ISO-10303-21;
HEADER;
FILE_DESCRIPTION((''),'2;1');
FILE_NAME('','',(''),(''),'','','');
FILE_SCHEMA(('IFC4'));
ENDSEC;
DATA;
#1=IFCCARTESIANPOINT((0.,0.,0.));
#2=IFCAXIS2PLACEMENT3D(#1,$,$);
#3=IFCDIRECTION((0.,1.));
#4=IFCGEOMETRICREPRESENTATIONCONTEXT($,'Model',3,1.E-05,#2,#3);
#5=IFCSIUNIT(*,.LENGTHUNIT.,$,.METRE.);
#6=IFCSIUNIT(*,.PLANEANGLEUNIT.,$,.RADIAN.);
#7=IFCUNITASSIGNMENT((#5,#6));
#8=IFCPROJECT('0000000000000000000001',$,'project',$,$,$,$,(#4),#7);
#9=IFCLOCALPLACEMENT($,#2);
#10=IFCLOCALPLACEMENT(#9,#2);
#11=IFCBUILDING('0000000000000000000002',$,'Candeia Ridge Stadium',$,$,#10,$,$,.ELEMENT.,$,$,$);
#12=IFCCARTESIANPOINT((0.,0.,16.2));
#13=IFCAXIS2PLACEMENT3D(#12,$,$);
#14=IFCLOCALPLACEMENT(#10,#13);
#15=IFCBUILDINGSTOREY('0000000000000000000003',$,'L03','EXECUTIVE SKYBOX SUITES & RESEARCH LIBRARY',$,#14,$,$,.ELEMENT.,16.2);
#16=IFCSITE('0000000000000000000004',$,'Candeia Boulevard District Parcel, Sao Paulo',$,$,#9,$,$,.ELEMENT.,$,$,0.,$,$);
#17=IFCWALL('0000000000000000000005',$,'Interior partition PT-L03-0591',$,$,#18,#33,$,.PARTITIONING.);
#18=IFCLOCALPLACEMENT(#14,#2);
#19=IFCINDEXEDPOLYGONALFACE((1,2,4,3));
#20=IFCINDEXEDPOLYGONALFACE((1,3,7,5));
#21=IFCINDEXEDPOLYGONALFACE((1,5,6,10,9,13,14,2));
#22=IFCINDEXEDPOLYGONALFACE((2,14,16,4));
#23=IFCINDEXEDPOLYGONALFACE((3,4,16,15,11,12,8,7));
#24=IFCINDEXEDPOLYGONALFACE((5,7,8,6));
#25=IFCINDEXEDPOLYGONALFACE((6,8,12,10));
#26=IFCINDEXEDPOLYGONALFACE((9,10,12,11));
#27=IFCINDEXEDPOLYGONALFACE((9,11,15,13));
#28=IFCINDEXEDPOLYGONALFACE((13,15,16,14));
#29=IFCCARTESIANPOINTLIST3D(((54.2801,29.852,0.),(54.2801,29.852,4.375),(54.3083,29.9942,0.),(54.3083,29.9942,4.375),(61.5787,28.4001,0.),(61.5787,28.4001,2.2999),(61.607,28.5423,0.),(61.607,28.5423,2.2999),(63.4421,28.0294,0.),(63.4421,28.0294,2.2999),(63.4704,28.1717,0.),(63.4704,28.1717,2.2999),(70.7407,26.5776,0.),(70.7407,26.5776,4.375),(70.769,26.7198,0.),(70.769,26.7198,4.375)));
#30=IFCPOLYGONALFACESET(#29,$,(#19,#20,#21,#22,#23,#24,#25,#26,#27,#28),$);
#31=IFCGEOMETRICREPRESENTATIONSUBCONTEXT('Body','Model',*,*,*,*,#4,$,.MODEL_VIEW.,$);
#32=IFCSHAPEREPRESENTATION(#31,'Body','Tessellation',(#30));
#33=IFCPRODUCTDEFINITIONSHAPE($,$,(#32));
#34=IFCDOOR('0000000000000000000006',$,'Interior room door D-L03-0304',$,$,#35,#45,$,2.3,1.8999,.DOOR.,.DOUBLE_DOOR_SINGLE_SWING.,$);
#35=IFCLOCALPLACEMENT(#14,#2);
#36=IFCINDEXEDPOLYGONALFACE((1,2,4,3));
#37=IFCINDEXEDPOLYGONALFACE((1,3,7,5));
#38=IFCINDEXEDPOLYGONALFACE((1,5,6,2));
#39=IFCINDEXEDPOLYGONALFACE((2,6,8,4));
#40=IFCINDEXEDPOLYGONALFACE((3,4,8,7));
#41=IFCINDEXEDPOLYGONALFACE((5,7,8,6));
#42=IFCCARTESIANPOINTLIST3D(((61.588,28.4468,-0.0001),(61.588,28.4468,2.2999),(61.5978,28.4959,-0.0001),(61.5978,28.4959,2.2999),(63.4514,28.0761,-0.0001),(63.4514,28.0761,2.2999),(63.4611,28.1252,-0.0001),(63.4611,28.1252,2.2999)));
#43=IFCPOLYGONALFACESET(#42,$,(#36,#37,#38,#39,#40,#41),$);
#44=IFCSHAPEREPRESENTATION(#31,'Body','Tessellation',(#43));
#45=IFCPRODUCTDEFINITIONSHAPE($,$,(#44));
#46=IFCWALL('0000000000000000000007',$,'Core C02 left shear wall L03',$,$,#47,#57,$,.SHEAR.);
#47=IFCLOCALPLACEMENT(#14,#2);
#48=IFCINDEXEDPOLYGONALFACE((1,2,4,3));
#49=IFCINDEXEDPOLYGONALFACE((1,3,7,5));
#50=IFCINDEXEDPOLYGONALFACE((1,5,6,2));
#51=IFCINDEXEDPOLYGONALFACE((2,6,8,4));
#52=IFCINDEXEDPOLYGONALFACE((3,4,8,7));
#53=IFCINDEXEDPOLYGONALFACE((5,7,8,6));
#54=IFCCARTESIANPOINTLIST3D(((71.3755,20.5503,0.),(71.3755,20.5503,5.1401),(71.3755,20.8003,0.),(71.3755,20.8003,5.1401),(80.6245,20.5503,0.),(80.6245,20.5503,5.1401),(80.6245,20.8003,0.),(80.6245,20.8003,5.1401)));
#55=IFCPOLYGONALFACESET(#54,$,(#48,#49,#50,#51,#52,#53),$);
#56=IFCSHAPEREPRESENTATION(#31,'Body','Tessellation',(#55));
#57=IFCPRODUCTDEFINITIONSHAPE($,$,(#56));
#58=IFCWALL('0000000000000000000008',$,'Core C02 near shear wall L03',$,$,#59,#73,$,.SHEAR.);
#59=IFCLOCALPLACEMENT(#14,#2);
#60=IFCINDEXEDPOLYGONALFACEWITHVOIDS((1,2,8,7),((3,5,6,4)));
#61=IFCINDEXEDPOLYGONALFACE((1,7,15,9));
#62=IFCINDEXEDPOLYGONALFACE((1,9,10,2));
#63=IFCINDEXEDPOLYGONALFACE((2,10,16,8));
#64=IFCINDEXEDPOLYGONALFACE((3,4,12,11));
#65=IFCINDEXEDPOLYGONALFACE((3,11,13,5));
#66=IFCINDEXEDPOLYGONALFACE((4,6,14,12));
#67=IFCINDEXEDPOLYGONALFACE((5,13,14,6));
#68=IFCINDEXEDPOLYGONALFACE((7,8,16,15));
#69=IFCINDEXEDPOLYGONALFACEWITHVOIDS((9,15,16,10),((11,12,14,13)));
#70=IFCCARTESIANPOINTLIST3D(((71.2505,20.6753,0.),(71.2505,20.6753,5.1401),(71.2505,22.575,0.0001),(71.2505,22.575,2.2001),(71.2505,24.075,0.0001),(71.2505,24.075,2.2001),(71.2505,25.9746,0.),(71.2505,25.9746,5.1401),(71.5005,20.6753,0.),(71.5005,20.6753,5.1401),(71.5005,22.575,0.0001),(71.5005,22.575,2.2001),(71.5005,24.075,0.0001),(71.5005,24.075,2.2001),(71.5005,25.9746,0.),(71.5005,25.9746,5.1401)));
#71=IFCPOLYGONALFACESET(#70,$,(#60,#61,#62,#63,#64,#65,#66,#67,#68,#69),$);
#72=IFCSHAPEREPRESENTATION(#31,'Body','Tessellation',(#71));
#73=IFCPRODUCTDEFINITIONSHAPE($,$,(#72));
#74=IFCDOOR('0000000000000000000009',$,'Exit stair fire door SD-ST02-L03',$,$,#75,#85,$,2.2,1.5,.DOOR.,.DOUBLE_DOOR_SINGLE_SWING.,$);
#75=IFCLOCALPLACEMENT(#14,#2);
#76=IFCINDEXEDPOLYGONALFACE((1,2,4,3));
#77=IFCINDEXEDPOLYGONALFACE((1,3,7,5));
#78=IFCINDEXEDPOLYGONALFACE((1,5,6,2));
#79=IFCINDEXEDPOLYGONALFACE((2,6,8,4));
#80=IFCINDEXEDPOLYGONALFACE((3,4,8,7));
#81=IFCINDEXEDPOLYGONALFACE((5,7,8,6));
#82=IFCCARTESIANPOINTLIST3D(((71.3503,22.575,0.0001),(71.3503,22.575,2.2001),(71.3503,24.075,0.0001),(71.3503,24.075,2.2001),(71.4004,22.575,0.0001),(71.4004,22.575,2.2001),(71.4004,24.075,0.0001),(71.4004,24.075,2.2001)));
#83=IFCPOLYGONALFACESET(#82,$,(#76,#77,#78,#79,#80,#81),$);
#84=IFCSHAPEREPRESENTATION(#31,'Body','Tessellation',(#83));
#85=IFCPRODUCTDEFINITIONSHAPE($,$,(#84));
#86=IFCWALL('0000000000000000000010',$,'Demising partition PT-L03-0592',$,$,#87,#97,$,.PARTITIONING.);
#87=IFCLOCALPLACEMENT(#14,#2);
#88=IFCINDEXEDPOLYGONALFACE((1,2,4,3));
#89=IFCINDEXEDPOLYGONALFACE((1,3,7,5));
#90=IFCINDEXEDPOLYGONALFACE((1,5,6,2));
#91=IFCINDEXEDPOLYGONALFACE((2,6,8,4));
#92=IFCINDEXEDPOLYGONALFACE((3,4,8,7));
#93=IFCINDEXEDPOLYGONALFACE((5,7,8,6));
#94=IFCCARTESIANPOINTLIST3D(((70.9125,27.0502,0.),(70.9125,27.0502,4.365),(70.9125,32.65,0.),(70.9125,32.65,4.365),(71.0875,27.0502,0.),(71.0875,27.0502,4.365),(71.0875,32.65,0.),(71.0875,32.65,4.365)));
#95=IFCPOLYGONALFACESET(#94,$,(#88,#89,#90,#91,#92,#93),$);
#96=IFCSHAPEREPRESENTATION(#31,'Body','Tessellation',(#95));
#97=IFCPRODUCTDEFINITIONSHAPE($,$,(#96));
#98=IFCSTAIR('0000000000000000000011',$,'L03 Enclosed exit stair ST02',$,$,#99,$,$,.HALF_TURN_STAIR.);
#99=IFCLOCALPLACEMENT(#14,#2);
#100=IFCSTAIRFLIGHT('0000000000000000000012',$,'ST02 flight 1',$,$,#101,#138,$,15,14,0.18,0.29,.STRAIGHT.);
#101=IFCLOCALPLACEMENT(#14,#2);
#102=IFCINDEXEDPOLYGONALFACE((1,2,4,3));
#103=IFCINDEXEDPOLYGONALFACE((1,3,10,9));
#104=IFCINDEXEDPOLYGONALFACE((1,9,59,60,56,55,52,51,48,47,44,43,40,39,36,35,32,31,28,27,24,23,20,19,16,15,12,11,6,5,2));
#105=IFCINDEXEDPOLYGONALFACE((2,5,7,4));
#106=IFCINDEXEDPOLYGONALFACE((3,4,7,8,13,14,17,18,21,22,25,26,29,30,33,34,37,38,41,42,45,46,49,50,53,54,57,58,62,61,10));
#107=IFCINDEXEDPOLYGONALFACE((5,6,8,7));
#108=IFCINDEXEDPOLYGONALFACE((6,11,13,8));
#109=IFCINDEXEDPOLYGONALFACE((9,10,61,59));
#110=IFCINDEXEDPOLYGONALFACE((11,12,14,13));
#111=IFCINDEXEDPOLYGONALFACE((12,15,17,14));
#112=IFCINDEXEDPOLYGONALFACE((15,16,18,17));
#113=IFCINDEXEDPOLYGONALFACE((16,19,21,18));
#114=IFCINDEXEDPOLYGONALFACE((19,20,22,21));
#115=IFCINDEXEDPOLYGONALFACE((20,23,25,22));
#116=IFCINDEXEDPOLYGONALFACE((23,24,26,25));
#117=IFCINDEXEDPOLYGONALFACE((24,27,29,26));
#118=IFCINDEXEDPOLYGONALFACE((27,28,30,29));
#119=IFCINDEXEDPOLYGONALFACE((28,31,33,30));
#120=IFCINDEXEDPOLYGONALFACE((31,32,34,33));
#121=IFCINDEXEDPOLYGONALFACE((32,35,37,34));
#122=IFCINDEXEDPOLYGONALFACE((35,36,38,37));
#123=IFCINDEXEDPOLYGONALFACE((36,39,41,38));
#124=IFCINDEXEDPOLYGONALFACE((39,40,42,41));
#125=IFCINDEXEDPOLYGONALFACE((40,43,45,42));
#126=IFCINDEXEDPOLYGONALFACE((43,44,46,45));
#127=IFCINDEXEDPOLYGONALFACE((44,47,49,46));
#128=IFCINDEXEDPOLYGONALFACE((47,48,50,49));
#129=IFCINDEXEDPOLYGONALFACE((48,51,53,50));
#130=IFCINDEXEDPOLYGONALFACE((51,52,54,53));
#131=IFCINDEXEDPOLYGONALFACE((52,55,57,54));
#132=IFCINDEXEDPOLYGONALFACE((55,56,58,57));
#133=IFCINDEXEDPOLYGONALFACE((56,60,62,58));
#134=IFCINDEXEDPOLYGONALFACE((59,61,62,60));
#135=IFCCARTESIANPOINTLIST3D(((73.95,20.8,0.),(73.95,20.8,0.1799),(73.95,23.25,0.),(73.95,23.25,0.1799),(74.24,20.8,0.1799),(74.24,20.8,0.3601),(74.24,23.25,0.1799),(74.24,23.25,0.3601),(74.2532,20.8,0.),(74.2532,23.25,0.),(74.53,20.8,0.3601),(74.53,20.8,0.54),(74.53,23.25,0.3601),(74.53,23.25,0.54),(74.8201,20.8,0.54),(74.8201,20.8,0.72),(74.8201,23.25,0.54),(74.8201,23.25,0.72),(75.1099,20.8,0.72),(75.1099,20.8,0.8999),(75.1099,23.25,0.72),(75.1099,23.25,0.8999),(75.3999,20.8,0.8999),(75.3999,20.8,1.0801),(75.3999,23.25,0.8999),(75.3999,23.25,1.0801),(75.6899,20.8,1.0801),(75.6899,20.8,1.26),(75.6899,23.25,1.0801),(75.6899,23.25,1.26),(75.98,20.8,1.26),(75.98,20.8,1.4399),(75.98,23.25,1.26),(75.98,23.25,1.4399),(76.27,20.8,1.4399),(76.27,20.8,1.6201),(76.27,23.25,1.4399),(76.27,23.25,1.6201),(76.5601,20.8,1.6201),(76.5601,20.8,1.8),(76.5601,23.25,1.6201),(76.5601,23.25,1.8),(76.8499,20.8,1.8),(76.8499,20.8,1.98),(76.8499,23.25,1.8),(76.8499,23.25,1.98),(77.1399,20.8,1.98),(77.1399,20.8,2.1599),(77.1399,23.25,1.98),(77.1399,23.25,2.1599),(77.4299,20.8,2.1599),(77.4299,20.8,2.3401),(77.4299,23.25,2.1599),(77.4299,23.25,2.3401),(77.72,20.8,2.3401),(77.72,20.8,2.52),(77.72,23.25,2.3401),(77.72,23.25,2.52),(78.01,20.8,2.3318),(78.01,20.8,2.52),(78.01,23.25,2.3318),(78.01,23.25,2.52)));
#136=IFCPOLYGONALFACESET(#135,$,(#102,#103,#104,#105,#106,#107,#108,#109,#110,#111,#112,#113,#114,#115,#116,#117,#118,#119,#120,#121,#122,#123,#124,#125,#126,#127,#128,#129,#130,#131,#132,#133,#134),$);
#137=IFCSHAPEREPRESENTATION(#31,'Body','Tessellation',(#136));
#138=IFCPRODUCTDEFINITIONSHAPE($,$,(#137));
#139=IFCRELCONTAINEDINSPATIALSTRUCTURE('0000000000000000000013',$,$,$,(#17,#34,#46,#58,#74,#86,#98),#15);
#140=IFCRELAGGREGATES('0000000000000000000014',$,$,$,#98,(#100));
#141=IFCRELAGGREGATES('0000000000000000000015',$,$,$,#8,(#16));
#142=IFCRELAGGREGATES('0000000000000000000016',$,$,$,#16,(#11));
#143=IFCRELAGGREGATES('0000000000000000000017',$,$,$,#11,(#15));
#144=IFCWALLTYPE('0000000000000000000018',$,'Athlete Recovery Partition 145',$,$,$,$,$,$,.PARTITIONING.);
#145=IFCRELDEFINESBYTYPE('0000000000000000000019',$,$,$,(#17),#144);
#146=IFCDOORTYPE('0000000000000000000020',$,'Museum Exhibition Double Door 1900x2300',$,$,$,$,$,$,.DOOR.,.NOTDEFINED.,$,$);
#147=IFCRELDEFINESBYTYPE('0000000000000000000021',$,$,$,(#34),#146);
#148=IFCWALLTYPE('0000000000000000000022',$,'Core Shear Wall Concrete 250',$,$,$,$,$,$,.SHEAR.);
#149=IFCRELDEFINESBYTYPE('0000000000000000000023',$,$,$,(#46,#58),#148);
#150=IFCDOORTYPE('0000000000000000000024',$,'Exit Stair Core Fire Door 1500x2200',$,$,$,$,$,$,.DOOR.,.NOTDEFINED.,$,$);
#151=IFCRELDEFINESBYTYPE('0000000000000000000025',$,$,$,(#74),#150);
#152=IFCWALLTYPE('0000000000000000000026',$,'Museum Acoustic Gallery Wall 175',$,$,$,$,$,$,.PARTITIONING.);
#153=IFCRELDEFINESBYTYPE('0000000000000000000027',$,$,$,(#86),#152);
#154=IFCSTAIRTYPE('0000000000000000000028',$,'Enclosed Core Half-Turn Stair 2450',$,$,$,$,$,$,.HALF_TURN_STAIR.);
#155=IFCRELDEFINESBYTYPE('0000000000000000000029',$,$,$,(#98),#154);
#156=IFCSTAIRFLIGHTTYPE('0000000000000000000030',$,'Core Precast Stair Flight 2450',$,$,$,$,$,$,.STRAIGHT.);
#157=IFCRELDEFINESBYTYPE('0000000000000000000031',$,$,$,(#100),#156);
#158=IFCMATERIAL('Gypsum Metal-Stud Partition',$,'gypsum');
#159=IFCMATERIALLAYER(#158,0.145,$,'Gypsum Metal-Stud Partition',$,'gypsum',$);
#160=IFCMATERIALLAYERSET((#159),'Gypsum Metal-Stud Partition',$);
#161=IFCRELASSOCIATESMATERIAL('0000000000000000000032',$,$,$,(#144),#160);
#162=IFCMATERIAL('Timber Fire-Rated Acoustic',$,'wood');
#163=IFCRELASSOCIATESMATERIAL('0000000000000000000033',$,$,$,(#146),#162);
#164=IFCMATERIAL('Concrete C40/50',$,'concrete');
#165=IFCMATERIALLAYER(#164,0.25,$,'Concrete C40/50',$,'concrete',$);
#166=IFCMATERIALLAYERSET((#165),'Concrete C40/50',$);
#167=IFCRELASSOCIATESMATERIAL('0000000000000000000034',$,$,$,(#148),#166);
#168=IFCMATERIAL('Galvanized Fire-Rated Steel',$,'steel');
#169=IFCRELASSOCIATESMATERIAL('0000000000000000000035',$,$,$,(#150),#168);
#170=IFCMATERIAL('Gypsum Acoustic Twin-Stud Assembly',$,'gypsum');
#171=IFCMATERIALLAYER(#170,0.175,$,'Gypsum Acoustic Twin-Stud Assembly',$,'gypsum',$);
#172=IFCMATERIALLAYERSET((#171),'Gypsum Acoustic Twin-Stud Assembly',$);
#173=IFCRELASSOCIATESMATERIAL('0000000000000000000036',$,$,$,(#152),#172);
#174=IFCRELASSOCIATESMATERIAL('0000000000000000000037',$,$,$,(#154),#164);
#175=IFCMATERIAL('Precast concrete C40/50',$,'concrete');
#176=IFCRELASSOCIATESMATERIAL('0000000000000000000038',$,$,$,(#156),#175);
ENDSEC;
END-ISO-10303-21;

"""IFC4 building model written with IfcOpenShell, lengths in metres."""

from ifc_helpers import new_model, si_unit, direction, frame, frame_2d, origin, place, context, subcontext, project, spatial, polyline, rectangle, outline, extrude, material, layer, layer_set, type_object, element, fill, aggregate, save


model = new_model("IFC4")

# Units and contexts
model_context = context("Model", 3, precision=1e-05, world=origin(), true_north=direction((0.0, 1.0)))
body_context = subcontext(model_context, "Body", "Model", "MODEL_VIEW")
ifc_project = project(units=[si_unit("LENGTHUNIT", "METRE"), si_unit("PLANEANGLEUNIT", "RADIAN")], contexts=[model_context])

# Site, building, storey
site_placement = place(None, origin())
site = spatial("IfcSite", under=ifc_project, at=site_placement, Name="Candeia Boulevard District Parcel, Sao Paulo", CompositionType="ELEMENT", RefElevation=0.0)
building_placement = place(site_placement, origin())
building = spatial("IfcBuilding", under=site, at=building_placement, Name="Candeia Ridge Stadium", CompositionType="ELEMENT")
storey_placement = place(building_placement, frame((0.0, 0.0, 16.2)))
storey = spatial("IfcBuildingStorey", under=building, at=storey_placement, Name="L03", Description="EXECUTIVE SKYBOX SUITES & RESEARCH LIBRARY", CompositionType="ELEMENT", Elevation=16.2)

# Shared definitions
ifc_material_1 = material(Name="Concrete C40/50", Category="concrete")

# Wall, opening, door
ifc_material_2 = material(Name="Gypsum Metal-Stud Partition", Category="gypsum")
ifc_layer_1 = layer(ifc_material_2, 0.145, Name="Gypsum Metal-Stud Partition", Category="gypsum")
ifc_layer_set_1 = layer_set([ifc_layer_1], Name="Gypsum Metal-Stud Partition")
wall_type_1 = type_object("IfcWallType", Name="Athlete Recovery Partition 145", PredefinedType="PARTITIONING", material=ifc_layer_set_1)
wall_1_placement = place(storey_placement, frame((70.7549, 26.6487, 0.0), z_axis=(0.0, 0.0, 1.0), x_axis=(-0.980783, 0.195101, 0.0)))
wall_1 = element("IfcWall", 1, at=wall_1_placement, inside=storey, type_object=wall_type_1, Name="Interior partition PT-L03-0591", PredefinedType="PARTITIONING", context=body_context, shape_type="SweptSolid", body=[
    extrude(rectangle(XDim=16.7832, YDim=0.145, at=frame_2d((8.3916, 0.0))), origin(), (0.0, 0.0, 1.0), 4.375),
])
opening_1_placement = place(wall_1_placement, frame((7.4417, 0.0, 0.0)))
opening_1 = element("IfcOpeningElement", 2, at=opening_1_placement, cuts=wall_1, PredefinedType="OPENING", context=body_context, shape_type="SweptSolid", body=[
    extrude(rectangle(XDim=1.8999, YDim=2.3, at=frame_2d((0.95, 1.1499))), frame((0.0, 0.0825, 0.0), z_axis=(0.0, -1.0, 0.0), x_axis=(1.0, 0.0, 0.0)), (0.0, 0.0, 1.0), 0.165),
])
ifc_material_3 = material(Name="Timber Fire-Rated Acoustic", Category="wood")
door_type_1 = type_object("IfcDoorType", Name="Museum Exhibition Double Door 1900x2300", OperationType="NOTDEFINED", PredefinedType="DOOR", material=ifc_material_3)
door_1_placement = place(opening_1_placement, origin())
door_1 = element("IfcDoor", 3, at=door_1_placement, inside=storey, type_object=door_type_1, Name="Interior room door D-L03-0304", OperationType="DOUBLE_DOOR_SINGLE_SWING", OverallHeight=2.3, OverallWidth=1.8999, PredefinedType="DOOR", context=body_context, shape_type="SweptSolid", body=[
    extrude(rectangle(XDim=1.8999, YDim=2.3, at=frame_2d((0.95, 1.1499))), frame((0.0, 0.0249, 0.0), z_axis=(0.0, -1.0, 0.0), x_axis=(1.0, 0.0, 0.0)), (0.0, 0.0, 1.0), 0.05),
])
fill(opening_1, door_1)

# Wall
ifc_layer_2 = layer(ifc_material_1, 0.25, Name="Concrete C40/50", Category="concrete")
ifc_layer_set_2 = layer_set([ifc_layer_2], Name="Concrete C40/50")
wall_type_2 = type_object("IfcWallType", Name="Core Shear Wall Concrete 250", PredefinedType="SHEAR", material=ifc_layer_set_2)
wall_2_placement = place(storey_placement, frame((71.3755, 20.6753, 0.0), z_axis=(0.0, 0.0, 1.0), x_axis=(1.0, 0.0, 0.0)))
element("IfcWall", 4, at=wall_2_placement, inside=storey, type_object=wall_type_2, Name="Core C02 left shear wall L03", PredefinedType="SHEAR", context=body_context, shape_type="SweptSolid", body=[
    extrude(rectangle(XDim=9.249, YDim=0.25, at=frame_2d((4.6245, 0.0))), origin(), (0.0, 0.0, 1.0), 5.1401),
])

# Wall, opening, door
wall_3_placement = place(storey_placement, frame((71.3755, 25.9746, 0.0), z_axis=(0.0, 0.0, 1.0), x_axis=(0.0, -1.0, 0.0)))
wall_3 = element("IfcWall", 5, at=wall_3_placement, inside=storey, type_object=wall_type_2, Name="Core C02 near shear wall L03", PredefinedType="SHEAR", context=body_context, shape_type="SweptSolid", body=[
    extrude(rectangle(XDim=5.2993, YDim=0.25, at=frame_2d((2.6497, 0.0))), origin(), (0.0, 0.0, 1.0), 5.1401),
])
opening_2_placement = place(wall_3_placement, frame((1.8997, 0.0, 0.0)))
opening_2 = element("IfcOpeningElement", 6, at=opening_2_placement, cuts=wall_3, PredefinedType="OPENING", context=body_context, shape_type="SweptSolid", body=[
    extrude(rectangle(XDim=1.5, YDim=2.2, at=frame_2d((0.75, 1.1001))), frame((0.0, 0.135, 0.0), z_axis=(0.0, -1.0, 0.0), x_axis=(1.0, 0.0, 0.0)), (0.0, 0.0, 1.0), 0.27),
])
ifc_material_4 = material(Name="Galvanized Fire-Rated Steel", Category="steel")
door_type_2 = type_object("IfcDoorType", Name="Exit Stair Core Fire Door 1500x2200", OperationType="NOTDEFINED", PredefinedType="DOOR", material=ifc_material_4)
door_2_placement = place(opening_2_placement, origin())
door_2 = element("IfcDoor", 7, at=door_2_placement, inside=storey, type_object=door_type_2, Name="Exit stair fire door SD-ST02-L03", OperationType="DOUBLE_DOOR_SINGLE_SWING", OverallHeight=2.2, OverallWidth=1.5, PredefinedType="DOOR", context=body_context, shape_type="SweptSolid", body=[
    extrude(rectangle(XDim=1.5, YDim=2.2, at=frame_2d((0.75, 1.1001))), frame((0.0, 0.0249, 0.0), z_axis=(0.0, -1.0, 0.0), x_axis=(1.0, 0.0, 0.0)), (0.0, 0.0, 1.0), 0.05),
])
fill(opening_2, door_2)

# Wall
ifc_material_5 = material(Name="Gypsum Acoustic Twin-Stud Assembly", Category="gypsum")
ifc_layer_3 = layer(ifc_material_5, 0.175, Name="Gypsum Acoustic Twin-Stud Assembly", Category="gypsum")
ifc_layer_set_3 = layer_set([ifc_layer_3], Name="Gypsum Acoustic Twin-Stud Assembly")
wall_type_3 = type_object("IfcWallType", Name="Museum Acoustic Gallery Wall 175", PredefinedType="PARTITIONING", material=ifc_layer_set_3)
wall_4_placement = place(storey_placement, frame((71.0, 32.6499, 0.0), z_axis=(0.0, 0.0, 1.0), x_axis=(0.0, -1.0, 0.0)))
element("IfcWall", 8, at=wall_4_placement, inside=storey, type_object=wall_type_3, Name="Demising partition PT-L03-0592", PredefinedType="PARTITIONING", context=body_context, shape_type="SweptSolid", body=[
    extrude(rectangle(XDim=5.5999, YDim=0.175, at=frame_2d((2.7998, 0.0))), origin(), (0.0, 0.0, 1.0), 4.365),
])

# Stair, stair flight
stair_type = type_object("IfcStairType", Name="Enclosed Core Half-Turn Stair 2450", PredefinedType="HALF_TURN_STAIR", material=ifc_material_1)
stair_placement = place(storey_placement, origin())
stair = element("IfcStair", 9, at=stair_placement, inside=storey, type_object=stair_type, Name="L03 Enclosed exit stair ST02", PredefinedType="HALF_TURN_STAIR")
ifc_material_6 = material(Name="Precast concrete C40/50", Category="concrete")
stair_flight_type = type_object("IfcStairFlightType", Name="Core Precast Stair Flight 2450", PredefinedType="STRAIGHT", material=ifc_material_6)
stair_flight_placement = place(storey_placement, frame((73.95, 22.0249, 0.0), z_axis=(0.0, 0.0, 1.0), x_axis=(1.0, 0.0, 0.0)))
stair_flight = element("IfcStairFlight", 10, at=stair_flight_placement, type_object=stair_flight_type, Name="ST02 flight 1", NumberOfRisers=15, NumberOfTreads=14, PredefinedType="STRAIGHT", RiserHeight=0.18, TreadLength=0.29, context=body_context, shape_type="SweptSolid", body=[
    extrude(outline(polyline([(0.0, 0.0), (0.0, 0.1799), (0.29, 0.1799), (0.29, 0.3601), (0.5801, 0.3601), (0.5801, 0.54), (0.8701, 0.54), (0.8701, 0.72), (1.1599, 0.72), (1.1599, 0.8999), (1.45, 0.8999), (1.45, 1.0801), (1.74, 1.0801), (1.74, 1.26), (2.03, 1.26), (2.03, 1.4399), (2.3201, 1.4399), (2.3201, 1.6201), (2.6101, 1.6201), (2.6101, 1.8), (2.8999, 1.8), (2.8999, 1.98), (3.1899, 1.98), (3.1899, 2.1599), (3.48, 2.1599), (3.48, 2.3401), (3.77, 2.3401), (3.77, 2.52), (4.0601, 2.52), (4.0601, 2.7), (4.0601, 2.3318), (0.3032, 0.0), (0.0, 0.0)])), frame((0.0, 1.2251, 0.0), z_axis=(0.0, -1.0, 0.0), x_axis=(1.0, 0.0, 0.0)), (0.0, 0.0, 1.0), 2.45),
])
aggregate(stair, [stair_flight])

save(model, "model.ifc")
